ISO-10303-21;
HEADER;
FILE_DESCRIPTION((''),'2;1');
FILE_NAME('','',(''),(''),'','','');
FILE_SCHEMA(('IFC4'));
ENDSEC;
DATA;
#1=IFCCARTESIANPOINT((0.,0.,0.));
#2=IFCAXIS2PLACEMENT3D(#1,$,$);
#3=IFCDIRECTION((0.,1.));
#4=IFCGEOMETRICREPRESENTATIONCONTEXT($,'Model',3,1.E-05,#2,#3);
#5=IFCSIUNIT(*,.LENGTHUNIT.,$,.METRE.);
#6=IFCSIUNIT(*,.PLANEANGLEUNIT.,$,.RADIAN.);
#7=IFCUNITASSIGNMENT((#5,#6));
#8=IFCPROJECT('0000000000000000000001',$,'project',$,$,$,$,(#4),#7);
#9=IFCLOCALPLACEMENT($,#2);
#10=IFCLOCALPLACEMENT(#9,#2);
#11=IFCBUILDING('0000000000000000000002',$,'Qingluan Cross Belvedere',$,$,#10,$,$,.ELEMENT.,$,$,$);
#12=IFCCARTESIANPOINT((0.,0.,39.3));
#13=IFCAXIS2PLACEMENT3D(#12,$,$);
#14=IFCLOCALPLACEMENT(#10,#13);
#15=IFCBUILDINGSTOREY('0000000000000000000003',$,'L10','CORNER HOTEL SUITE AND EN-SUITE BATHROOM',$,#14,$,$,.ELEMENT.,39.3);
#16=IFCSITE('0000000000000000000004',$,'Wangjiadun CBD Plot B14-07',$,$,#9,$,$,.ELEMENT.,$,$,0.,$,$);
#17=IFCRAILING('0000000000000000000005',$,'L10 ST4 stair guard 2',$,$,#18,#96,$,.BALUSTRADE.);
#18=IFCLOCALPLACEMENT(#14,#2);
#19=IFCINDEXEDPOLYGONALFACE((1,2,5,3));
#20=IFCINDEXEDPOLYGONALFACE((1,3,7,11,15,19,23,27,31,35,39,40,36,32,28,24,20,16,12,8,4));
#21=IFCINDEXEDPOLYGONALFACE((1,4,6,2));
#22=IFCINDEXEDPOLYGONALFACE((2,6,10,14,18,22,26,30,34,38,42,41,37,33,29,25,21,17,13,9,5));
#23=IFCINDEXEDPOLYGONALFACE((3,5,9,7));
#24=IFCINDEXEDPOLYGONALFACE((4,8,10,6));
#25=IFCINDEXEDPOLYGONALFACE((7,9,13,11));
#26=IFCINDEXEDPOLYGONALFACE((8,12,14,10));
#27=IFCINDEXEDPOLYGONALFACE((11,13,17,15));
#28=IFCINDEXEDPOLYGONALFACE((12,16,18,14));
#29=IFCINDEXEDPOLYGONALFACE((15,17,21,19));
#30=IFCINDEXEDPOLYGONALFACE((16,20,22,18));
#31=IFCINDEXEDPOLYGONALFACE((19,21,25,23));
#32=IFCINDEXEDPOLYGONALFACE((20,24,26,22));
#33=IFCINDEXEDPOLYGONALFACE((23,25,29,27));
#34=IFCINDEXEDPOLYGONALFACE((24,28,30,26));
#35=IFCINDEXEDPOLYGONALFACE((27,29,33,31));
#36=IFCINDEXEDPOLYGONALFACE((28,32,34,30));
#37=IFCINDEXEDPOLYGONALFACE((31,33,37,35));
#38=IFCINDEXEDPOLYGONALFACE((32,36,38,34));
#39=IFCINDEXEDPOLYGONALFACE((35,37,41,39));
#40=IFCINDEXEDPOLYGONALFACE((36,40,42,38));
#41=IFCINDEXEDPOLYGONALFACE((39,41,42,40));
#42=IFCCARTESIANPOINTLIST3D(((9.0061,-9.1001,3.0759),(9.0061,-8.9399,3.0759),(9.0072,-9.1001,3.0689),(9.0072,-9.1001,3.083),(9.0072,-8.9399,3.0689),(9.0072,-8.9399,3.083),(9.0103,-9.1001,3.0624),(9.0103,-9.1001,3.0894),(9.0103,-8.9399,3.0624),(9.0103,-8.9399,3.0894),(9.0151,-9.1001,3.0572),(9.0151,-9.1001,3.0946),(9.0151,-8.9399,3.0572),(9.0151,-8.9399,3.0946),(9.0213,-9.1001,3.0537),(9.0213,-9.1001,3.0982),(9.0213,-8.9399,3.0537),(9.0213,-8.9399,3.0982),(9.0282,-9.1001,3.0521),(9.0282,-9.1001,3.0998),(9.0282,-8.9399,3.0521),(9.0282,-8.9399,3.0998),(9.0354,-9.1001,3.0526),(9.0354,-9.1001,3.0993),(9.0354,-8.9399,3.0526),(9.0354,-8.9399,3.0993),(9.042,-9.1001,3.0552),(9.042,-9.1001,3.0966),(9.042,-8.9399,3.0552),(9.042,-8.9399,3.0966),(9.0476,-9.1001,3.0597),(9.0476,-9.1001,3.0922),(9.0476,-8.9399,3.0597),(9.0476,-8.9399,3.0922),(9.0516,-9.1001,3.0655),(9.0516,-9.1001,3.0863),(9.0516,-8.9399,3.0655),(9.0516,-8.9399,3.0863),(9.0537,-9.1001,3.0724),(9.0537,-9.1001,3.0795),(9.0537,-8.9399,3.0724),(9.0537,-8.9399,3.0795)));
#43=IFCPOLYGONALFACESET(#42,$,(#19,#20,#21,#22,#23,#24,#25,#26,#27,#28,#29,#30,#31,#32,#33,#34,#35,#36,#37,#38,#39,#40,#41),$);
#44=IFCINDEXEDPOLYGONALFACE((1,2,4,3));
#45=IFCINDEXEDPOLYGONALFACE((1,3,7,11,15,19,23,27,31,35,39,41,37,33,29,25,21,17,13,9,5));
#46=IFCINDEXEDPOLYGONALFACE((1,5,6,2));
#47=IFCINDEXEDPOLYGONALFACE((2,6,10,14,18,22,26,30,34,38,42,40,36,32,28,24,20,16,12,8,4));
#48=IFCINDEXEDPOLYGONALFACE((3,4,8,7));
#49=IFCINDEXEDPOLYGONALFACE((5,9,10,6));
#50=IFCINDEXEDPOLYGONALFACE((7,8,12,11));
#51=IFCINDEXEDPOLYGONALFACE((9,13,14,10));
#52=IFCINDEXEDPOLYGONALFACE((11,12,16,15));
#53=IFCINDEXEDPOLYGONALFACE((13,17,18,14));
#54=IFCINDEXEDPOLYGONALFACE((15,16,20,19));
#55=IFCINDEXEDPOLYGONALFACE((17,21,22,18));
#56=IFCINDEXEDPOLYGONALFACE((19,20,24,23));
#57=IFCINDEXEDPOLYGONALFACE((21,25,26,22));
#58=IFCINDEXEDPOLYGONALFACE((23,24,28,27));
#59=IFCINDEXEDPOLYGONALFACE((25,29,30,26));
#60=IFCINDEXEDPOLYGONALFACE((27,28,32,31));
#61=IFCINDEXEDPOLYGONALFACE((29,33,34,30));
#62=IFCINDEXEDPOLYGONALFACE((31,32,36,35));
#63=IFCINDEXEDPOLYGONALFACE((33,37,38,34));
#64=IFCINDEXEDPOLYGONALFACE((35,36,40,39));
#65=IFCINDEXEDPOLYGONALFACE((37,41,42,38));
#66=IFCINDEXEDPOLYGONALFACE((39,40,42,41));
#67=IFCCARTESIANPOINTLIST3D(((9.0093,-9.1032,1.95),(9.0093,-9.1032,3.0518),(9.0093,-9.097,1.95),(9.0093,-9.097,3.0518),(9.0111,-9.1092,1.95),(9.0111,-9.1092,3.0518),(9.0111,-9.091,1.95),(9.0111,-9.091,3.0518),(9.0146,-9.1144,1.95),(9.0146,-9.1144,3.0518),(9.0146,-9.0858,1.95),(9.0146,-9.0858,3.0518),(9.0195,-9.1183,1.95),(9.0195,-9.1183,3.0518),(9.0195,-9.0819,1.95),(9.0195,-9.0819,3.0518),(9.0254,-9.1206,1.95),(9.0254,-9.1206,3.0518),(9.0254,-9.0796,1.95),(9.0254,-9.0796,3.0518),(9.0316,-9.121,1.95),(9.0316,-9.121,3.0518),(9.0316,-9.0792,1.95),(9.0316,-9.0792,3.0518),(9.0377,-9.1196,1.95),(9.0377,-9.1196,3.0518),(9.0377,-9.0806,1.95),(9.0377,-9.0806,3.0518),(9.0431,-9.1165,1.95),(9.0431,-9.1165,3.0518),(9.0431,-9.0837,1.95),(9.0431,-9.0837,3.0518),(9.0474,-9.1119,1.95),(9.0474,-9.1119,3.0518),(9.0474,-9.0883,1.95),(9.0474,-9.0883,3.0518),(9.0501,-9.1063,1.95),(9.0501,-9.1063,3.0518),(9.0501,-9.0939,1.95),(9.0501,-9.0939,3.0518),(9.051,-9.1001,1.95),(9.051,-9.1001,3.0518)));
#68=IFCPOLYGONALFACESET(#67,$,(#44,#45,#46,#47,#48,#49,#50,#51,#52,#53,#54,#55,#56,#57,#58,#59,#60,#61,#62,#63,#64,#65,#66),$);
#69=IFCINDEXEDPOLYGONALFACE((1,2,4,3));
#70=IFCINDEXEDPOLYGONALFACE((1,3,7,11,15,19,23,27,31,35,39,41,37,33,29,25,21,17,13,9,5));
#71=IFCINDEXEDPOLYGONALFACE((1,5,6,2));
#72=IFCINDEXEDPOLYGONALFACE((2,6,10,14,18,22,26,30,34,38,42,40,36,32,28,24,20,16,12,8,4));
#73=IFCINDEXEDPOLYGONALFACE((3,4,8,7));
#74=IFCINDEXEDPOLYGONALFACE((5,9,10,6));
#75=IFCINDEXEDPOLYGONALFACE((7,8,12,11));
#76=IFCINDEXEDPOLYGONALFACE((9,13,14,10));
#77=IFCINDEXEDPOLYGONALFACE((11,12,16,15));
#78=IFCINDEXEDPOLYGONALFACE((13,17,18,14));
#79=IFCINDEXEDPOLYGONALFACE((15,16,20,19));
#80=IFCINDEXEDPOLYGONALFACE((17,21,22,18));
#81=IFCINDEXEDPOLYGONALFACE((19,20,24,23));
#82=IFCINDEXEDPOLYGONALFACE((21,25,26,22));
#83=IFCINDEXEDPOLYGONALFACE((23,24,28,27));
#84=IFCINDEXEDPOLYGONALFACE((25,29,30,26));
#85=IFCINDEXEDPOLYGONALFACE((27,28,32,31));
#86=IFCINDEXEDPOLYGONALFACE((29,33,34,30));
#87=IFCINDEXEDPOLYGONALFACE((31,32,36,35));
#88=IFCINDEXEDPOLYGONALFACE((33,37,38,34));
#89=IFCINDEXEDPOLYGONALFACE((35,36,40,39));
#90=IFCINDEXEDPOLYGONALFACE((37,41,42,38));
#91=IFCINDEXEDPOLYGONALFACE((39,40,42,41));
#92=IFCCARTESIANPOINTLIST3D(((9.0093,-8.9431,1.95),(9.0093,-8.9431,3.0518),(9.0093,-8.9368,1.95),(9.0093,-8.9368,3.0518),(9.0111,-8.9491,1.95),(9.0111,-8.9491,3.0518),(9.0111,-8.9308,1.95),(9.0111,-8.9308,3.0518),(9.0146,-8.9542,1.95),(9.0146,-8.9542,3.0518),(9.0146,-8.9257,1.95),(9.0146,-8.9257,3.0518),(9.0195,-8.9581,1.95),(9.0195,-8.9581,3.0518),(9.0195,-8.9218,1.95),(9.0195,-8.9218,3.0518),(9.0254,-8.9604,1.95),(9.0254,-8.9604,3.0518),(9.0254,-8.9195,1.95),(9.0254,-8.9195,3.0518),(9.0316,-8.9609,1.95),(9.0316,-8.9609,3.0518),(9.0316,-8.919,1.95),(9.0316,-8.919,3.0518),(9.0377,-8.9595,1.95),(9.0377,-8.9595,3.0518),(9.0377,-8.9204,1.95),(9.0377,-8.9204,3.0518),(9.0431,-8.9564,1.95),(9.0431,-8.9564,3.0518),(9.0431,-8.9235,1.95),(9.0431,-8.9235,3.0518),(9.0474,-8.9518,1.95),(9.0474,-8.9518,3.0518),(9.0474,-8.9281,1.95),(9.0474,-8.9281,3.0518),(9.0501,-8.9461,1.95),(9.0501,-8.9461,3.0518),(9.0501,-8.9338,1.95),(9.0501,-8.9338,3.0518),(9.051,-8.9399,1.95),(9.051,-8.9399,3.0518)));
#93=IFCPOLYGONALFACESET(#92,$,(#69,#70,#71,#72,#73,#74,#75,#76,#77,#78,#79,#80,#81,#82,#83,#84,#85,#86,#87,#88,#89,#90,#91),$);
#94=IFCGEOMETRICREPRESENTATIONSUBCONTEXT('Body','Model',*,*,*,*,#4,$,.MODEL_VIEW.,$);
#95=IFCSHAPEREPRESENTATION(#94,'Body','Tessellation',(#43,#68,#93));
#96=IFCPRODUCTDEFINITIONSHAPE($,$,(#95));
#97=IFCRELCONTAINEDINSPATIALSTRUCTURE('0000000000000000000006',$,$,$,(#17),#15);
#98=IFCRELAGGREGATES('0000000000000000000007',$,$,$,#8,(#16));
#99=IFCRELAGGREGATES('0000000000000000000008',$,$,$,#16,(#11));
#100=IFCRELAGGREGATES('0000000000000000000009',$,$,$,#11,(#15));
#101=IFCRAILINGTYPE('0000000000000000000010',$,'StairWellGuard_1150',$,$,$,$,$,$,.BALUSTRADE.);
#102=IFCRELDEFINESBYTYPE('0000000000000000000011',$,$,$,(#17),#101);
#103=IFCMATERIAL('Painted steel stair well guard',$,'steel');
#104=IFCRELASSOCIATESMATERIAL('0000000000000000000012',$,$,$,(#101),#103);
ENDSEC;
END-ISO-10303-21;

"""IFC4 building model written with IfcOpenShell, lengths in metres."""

from ifc_helpers import new_model, si_unit, direction, frame, origin, origin_2d, place, context, subcontext, project, spatial, circle, extrude, material, type_object, element, save


model = new_model("IFC4")

# Units and contexts
model_context = context("Model", 3, precision=1e-05, world=origin(), true_north=direction((0.0, 1.0)))
body_context = subcontext(model_context, "Body", "Model", "MODEL_VIEW")
ifc_project = project(units=[si_unit("LENGTHUNIT", "METRE"), si_unit("PLANEANGLEUNIT", "RADIAN")], contexts=[model_context])

# Site, building, storey
site_placement = place(None, origin())
site = spatial("IfcSite", under=ifc_project, at=site_placement, Name="Wangjiadun CBD Plot B14-07", CompositionType="ELEMENT", RefElevation=0.0)
building_placement = place(site_placement, origin())
building = spatial("IfcBuilding", under=site, at=building_placement, Name="Qingluan Cross Belvedere", CompositionType="ELEMENT")
storey_placement = place(building_placement, frame((0.0, 0.0, 39.3)))
storey = spatial("IfcBuildingStorey", under=building, at=storey_placement, Name="L10", Description="CORNER HOTEL SUITE AND EN-SUITE BATHROOM", CompositionType="ELEMENT", Elevation=39.3)

# Railing
ifc_material_1 = material(Name="Painted steel stair well guard", Category="steel")
railing_type_1 = type_object("IfcRailingType", Name="StairWellGuard_1150", PredefinedType="BALUSTRADE", material=ifc_material_1)
railing_1_placement = place(storey_placement, frame((9.03, -9.1001, 1.95)))
element("IfcRailing", 1, at=railing_1_placement, inside=storey, type_object=railing_type_1, Name="L10 ST4 stair guard 2", PredefinedType="BALUSTRADE", context=body_context, shape_type="SweptSolid", body=[
    extrude(circle(Radius=0.0239, at=origin_2d()), frame((0.0, 0.0, 1.126), z_axis=(0.0, 1.0, 0.0), x_axis=(-1.0, 0.0, 0.0)), (0.0, 0.0, 1.0), 0.1602),
    extrude(circle(Radius=0.021, at=origin_2d()), origin(), (0.0, 0.0, 1.0), 1.1018),
    extrude(circle(Radius=0.021, at=origin_2d()), frame((0.0, 0.1602, 0.0)), (0.0, 0.0, 1.0), 1.1018),
])

save(model, "model.ifc")
